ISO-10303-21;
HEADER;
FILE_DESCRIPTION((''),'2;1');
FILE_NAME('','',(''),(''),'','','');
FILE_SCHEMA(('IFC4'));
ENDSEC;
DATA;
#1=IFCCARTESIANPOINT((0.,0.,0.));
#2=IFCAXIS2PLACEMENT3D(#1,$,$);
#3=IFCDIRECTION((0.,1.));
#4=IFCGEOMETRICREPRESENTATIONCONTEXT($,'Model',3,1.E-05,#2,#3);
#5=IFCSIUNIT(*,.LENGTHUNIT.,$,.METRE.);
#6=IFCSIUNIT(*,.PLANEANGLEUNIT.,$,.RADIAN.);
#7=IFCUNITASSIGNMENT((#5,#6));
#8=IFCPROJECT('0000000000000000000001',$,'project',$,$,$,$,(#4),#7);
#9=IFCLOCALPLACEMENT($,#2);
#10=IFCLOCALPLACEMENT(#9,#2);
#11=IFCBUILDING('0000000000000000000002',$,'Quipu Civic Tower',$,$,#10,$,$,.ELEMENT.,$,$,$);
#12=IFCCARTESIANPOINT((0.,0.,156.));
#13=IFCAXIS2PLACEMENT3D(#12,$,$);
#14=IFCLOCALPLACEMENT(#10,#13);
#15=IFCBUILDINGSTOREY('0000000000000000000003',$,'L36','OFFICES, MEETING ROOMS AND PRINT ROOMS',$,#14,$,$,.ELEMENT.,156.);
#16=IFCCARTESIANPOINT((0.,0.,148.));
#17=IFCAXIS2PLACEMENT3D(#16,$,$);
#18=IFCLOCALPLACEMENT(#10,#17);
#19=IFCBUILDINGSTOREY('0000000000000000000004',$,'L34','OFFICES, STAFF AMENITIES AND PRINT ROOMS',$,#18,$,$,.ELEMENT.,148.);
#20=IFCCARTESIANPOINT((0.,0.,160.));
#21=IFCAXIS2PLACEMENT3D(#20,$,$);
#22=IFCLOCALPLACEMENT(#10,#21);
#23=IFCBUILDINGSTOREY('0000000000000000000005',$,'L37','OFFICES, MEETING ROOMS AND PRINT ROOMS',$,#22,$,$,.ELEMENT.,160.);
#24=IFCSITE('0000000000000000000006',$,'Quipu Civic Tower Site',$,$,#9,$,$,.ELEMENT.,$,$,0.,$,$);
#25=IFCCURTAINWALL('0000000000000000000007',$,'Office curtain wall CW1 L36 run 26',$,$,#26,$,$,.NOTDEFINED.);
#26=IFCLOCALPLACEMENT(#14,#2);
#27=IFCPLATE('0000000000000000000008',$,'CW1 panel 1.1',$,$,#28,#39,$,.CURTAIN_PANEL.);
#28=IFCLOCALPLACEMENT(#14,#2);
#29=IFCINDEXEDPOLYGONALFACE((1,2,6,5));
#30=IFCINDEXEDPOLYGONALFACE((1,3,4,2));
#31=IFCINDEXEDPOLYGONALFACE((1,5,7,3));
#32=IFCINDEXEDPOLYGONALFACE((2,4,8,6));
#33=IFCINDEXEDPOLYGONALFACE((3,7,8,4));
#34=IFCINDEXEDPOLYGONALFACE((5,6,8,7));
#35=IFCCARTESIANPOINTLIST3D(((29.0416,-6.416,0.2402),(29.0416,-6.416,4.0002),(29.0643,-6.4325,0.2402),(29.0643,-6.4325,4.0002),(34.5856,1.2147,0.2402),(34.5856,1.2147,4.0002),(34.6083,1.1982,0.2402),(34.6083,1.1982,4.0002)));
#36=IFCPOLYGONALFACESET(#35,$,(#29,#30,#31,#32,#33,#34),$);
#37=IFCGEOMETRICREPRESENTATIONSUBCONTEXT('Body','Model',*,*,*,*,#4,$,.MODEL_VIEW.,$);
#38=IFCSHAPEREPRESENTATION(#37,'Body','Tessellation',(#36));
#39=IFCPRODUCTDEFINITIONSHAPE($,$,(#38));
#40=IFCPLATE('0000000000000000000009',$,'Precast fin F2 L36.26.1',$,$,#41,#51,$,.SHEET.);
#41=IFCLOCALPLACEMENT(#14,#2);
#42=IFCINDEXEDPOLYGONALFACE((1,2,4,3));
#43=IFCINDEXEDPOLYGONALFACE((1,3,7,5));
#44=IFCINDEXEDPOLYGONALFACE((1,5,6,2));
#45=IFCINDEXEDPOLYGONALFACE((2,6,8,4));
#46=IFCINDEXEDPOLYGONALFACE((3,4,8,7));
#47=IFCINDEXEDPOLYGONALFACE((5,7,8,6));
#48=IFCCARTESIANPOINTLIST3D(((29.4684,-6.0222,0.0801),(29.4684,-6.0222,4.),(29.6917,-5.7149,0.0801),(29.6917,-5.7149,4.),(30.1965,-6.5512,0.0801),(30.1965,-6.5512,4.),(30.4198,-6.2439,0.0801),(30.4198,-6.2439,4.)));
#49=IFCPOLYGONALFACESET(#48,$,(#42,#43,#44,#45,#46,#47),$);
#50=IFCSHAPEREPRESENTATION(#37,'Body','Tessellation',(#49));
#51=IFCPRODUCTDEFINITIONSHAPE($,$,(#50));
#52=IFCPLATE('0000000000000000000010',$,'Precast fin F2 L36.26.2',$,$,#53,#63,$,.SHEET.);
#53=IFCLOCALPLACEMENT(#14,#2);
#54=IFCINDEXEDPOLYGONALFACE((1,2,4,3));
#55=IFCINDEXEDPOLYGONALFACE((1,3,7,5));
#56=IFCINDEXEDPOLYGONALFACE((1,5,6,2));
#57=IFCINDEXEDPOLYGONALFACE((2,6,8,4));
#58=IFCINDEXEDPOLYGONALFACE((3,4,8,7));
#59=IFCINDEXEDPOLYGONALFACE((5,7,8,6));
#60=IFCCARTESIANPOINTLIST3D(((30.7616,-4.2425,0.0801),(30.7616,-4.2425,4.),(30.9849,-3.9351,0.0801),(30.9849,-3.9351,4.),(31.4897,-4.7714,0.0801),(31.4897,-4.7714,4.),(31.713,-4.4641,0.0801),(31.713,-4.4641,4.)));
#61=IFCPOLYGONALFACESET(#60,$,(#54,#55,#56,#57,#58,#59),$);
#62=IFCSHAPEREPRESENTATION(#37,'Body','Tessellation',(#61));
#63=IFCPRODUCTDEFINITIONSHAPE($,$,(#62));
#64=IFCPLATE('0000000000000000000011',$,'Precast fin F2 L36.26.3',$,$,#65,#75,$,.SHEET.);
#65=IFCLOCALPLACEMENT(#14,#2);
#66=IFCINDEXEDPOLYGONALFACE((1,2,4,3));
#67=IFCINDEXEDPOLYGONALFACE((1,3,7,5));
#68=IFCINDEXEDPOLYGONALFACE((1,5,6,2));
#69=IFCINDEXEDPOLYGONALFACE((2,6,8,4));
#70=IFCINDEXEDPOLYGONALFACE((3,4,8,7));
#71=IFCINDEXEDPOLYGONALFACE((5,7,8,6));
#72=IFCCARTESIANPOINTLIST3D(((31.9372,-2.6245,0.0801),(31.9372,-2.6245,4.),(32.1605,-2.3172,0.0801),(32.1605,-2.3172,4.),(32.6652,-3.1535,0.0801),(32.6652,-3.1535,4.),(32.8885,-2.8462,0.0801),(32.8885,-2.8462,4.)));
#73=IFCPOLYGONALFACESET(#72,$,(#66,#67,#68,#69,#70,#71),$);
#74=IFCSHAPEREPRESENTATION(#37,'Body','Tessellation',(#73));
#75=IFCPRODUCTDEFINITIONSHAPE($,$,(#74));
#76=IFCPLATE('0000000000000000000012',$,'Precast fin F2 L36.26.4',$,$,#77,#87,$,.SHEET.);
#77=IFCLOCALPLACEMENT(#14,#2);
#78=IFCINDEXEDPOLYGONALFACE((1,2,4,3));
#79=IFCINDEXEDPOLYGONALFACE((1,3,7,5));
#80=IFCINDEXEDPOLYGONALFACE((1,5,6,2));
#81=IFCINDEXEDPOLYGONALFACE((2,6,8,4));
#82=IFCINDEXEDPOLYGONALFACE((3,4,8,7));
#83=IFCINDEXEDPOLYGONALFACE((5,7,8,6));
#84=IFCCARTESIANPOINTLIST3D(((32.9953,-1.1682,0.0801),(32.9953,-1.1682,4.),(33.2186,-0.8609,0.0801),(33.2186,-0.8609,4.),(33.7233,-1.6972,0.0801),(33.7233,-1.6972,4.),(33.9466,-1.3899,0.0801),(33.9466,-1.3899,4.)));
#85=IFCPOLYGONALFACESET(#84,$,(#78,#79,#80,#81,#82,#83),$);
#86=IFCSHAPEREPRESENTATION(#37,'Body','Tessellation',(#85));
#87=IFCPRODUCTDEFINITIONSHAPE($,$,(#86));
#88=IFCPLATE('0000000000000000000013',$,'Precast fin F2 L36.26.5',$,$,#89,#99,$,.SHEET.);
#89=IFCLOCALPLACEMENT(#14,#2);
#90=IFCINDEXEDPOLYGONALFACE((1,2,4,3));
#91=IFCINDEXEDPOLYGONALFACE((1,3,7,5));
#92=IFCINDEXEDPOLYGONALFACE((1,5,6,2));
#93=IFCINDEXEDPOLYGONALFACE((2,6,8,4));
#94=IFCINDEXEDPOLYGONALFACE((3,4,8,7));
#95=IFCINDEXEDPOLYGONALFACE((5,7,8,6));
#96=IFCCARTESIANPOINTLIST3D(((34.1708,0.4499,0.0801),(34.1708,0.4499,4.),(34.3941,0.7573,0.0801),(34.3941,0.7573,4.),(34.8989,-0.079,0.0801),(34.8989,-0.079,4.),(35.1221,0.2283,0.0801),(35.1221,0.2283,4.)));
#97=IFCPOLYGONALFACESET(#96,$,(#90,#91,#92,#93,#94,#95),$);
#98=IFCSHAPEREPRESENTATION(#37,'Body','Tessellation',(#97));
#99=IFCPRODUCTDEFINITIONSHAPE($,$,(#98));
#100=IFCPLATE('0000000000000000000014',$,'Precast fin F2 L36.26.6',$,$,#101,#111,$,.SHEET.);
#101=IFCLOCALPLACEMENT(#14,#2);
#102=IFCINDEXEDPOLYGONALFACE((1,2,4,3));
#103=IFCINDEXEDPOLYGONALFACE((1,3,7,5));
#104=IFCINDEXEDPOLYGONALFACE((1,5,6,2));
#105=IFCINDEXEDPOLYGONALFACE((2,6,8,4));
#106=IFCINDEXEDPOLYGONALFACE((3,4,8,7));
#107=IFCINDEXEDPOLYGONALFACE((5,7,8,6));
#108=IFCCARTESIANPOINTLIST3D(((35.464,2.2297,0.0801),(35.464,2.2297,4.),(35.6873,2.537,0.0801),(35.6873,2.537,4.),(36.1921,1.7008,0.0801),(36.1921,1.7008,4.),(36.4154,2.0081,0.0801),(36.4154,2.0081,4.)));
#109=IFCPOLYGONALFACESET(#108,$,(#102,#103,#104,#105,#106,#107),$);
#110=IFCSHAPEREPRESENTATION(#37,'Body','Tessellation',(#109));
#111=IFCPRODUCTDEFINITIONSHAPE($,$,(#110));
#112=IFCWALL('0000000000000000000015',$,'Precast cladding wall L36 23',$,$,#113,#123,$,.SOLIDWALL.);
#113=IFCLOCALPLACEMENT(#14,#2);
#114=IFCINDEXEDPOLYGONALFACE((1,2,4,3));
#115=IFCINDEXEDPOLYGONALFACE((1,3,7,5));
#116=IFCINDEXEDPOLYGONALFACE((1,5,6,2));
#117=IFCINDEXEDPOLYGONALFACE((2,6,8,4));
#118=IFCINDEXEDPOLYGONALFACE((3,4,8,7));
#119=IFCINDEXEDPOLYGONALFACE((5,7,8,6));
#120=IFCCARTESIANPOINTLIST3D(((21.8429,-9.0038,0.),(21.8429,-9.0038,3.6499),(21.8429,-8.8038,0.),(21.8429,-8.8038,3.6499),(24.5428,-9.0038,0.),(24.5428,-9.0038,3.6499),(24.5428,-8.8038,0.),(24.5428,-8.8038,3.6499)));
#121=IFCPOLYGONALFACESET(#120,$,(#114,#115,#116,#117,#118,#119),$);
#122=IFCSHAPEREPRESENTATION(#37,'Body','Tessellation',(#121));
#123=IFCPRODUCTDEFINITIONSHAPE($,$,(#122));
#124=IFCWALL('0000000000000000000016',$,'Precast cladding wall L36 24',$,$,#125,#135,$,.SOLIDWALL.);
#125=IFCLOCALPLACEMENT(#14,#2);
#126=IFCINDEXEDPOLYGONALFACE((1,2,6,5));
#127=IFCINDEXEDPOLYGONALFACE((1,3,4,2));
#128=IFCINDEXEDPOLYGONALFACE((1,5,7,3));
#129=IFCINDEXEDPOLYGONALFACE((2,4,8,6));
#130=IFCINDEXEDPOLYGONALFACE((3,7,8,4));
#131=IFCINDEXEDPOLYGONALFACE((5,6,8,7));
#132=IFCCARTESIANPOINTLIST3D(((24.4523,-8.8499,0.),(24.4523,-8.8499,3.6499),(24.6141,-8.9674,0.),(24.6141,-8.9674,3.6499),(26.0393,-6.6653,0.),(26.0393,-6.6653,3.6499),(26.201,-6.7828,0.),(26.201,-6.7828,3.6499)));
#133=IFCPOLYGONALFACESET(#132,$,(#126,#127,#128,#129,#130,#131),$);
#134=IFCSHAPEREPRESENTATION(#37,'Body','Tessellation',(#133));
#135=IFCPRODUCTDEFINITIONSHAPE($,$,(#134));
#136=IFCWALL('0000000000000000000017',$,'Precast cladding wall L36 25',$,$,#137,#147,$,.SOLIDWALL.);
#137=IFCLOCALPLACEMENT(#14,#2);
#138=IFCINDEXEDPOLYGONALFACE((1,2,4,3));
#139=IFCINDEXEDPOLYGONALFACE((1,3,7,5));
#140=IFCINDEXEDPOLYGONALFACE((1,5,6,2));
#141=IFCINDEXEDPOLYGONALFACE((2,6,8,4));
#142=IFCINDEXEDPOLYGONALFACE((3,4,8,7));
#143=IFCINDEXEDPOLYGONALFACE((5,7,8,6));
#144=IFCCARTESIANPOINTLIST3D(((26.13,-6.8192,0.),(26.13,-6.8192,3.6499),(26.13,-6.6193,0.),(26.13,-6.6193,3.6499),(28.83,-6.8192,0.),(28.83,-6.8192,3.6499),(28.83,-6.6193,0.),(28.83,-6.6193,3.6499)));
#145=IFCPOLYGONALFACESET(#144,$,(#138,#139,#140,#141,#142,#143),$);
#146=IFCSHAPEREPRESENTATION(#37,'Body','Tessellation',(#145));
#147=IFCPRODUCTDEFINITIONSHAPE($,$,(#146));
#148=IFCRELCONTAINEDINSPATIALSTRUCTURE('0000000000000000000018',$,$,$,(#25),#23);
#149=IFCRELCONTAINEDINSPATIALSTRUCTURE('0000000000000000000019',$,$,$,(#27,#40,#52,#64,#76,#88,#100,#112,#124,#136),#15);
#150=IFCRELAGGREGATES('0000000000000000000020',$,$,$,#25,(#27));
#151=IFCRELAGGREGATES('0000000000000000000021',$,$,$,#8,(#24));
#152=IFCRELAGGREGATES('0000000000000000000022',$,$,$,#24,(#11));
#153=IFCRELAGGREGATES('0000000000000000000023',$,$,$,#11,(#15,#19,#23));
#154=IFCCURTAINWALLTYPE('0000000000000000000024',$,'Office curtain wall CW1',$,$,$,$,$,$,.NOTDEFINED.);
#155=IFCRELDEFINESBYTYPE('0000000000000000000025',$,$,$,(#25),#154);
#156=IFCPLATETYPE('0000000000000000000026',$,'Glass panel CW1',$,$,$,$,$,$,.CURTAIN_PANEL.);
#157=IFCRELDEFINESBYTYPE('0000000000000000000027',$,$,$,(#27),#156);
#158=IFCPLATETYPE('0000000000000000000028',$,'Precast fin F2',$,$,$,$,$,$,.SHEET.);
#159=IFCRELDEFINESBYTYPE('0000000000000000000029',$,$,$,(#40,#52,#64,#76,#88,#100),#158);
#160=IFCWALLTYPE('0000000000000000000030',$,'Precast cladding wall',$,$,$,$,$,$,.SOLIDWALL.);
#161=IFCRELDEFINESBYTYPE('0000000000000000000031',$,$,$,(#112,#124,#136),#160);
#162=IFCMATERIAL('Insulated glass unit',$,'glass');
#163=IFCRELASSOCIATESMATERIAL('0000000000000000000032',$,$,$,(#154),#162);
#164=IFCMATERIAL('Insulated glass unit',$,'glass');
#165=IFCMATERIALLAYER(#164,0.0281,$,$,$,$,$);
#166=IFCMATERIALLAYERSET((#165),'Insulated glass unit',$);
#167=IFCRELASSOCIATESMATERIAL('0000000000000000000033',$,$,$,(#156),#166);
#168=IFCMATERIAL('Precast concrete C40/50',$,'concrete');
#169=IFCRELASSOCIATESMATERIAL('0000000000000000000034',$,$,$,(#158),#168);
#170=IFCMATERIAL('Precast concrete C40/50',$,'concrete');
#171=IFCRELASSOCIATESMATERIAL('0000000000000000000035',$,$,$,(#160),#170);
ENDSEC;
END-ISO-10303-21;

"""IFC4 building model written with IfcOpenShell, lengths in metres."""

from ifc_helpers import new_model, si_unit, direction, frame, frame_2d, origin, origin_2d, place, context, subcontext, project, spatial, rectangle, extrude, material, layer, layer_set, type_object, element, aggregate, save


model = new_model("IFC4")

# Units and contexts
model_context = context("Model", 3, precision=1e-05, world=origin(), true_north=direction((0.0, 1.0)))
body_context = subcontext(model_context, "Body", "Model", "MODEL_VIEW")
ifc_project = project(units=[si_unit("LENGTHUNIT", "METRE"), si_unit("PLANEANGLEUNIT", "RADIAN")], contexts=[model_context])

# Site, building, storey
site_placement = place(None, origin())
site = spatial("IfcSite", under=ifc_project, at=site_placement, Name="Quipu Civic Tower Site", CompositionType="ELEMENT", RefElevation=0.0)
building_placement = place(site_placement, origin())
building = spatial("IfcBuilding", under=site, at=building_placement, Name="Quipu Civic Tower", CompositionType="ELEMENT")
storey_1_placement = place(building_placement, frame((0.0, 0.0, 156.0)))
storey_1 = spatial("IfcBuildingStorey", under=building, at=storey_1_placement, Name="L36", Description="OFFICES, MEETING ROOMS AND PRINT ROOMS", CompositionType="ELEMENT", Elevation=156.0)

# Shared definitions
storey_2_placement = place(building_placement, frame((0.0, 0.0, 148.0)))
storey_2 = spatial("IfcBuildingStorey", under=building, at=storey_2_placement, Name="L34", Description="OFFICES, STAFF AMENITIES AND PRINT ROOMS", CompositionType="ELEMENT", Elevation=148.0)

# Shared definitions
ifc_material_1 = material(Name="Insulated glass unit", Category="glass")
curtain_wall_type = type_object("IfcCurtainWallType", Name="Office curtain wall CW1", PredefinedType="NOTDEFINED", material=ifc_material_1)

# Shared definitions
storey_3_placement = place(building_placement, frame((0.0, 0.0, 160.0)))
storey_3 = spatial("IfcBuildingStorey", under=building, at=storey_3_placement, Name="L37", Description="OFFICES, MEETING ROOMS AND PRINT ROOMS", CompositionType="ELEMENT", Elevation=160.0)

# Curtain wall, plate
curtain_wall_1_placement = place(storey_3_placement, origin())
curtain_wall_1 = element("IfcCurtainWall", 1, at=curtain_wall_1_placement, inside=storey_3, type_object=curtain_wall_type, Name="Office curtain wall CW1 L36 run 26", PredefinedType="NOTDEFINED")
ifc_material_2 = material(Name="Insulated glass unit", Category="glass")
ifc_layer = layer(ifc_material_2, 0.0281)
ifc_layer_set = layer_set([ifc_layer], Name="Insulated glass unit")
plate_type_1 = type_object("IfcPlateType", Name="Glass panel CW1", PredefinedType="CURTAIN_PANEL", material=ifc_layer_set)
plate_placement = place(storey_1_placement, frame((31.825, -2.6089, 0.2402), z_axis=(0.0, 0.0, 1.0), x_axis=(0.587786, 0.809017, 0.0)))
plate = element("IfcPlate", 2, at=plate_placement, inside=storey_1, type_object=plate_type_1, Name="CW1 panel 1.1", PredefinedType="CURTAIN_PANEL", context=body_context, shape_type="SweptSolid", body=[
    extrude(rectangle(XDim=9.4321, YDim=0.0281, at=origin_2d()), origin(), (0.0, 0.0, 1.0), 3.76),
])
aggregate(curtain_wall_1, [plate])

# Plates
ifc_material_3 = material(Name="Precast concrete C40/50", Category="concrete")
plate_type_2 = type_object("IfcPlateType", Name="Precast fin F2", PredefinedType="SHEET", material=ifc_material_3)
for number, where, z_axis, x_axis, name in (
    (3, (29.9441, -6.1331, 0.0801), (0.0, 0.0, 1.0), (0.587786, 0.809017, 0.0), "Precast fin F2 L36.26.1"),
    (4, (31.2373, -4.3533, 0.0801), (0.0, 0.0, 1.0), (0.587786, 0.809017, 0.0), "Precast fin F2 L36.26.2"),
    (5, (32.4128, -2.7354, 0.0801), (0.0, 0.0, 1.0), (0.587786, 0.809017, 0.0), "Precast fin F2 L36.26.3"),
    (6, (33.4709, -1.2791, 0.0801), (0.0, 0.0, 1.0), (0.587786, 0.809017, 0.0), "Precast fin F2 L36.26.4"),
    (7, (34.6465, 0.3391, 0.0801), (0.0, 0.0, 1.0), (0.587786, 0.809017, 0.0), "Precast fin F2 L36.26.5"),
    (8, (35.9397, 2.1189, 0.0801), (0.0, 0.0, 1.0), (0.587786, 0.809017, 0.0), "Precast fin F2 L36.26.6"),
):
    element("IfcPlate", number, at=place(storey_1_placement, frame(where, z_axis=z_axis, x_axis=x_axis)), inside=storey_1, type_object=plate_type_2, Name=name, PredefinedType="SHEET", context=body_context, shape_type="SweptSolid", body=[
        extrude(rectangle(XDim=0.3799, YDim=0.8999, at=origin_2d()), origin(), (0.0, 0.0, 1.0), 3.9199),
    ])

# Walls
ifc_material_4 = material(Name="Precast concrete C40/50", Category="concrete")
wall_type = type_object("IfcWallType", Name="Precast cladding wall", PredefinedType="SOLIDWALL", material=ifc_material_4)
wall_1_placement = place(storey_1_placement, frame((21.8428, -8.9038, 0.0), z_axis=(0.0, 0.0, 1.0), x_axis=(1.0, 0.0, 0.0)))
element("IfcWall", 9, at=wall_1_placement, inside=storey_1, type_object=wall_type, Name="Precast cladding wall L36 23", PredefinedType="SOLIDWALL", context=body_context, shape_type="SweptSolid", body=[
    extrude(rectangle(XDim=2.7, YDim=0.2, at=frame_2d((1.3501, 0.0))), origin(), (0.0, 0.0, 1.0), 3.6499),
])
wall_2_placement = place(storey_1_placement, frame((24.5332, -8.9087, 0.0), z_axis=(0.0, 0.0, 1.0), x_axis=(0.58772, 0.809064, 0.0)))
element("IfcWall", 10, at=wall_2_placement, inside=storey_1, type_object=wall_type, Name="Precast cladding wall L36 24", PredefinedType="SOLIDWALL", context=body_context, shape_type="SweptSolid", body=[
    extrude(rectangle(XDim=2.7002, YDim=0.2, at=frame_2d((1.3501, 0.0))), origin(), (0.0, 0.0, 1.0), 3.6499),
])
wall_3_placement = place(storey_1_placement, frame((26.1299, -6.7192, 0.0), z_axis=(0.0, 0.0, 1.0), x_axis=(1.0, 0.0, 0.0)))
element("IfcWall", 11, at=wall_3_placement, inside=storey_1, type_object=wall_type, Name="Precast cladding wall L36 25", PredefinedType="SOLIDWALL", context=body_context, shape_type="SweptSolid", body=[
    extrude(rectangle(XDim=2.7, YDim=0.2, at=frame_2d((1.3501, 0.0))), origin(), (0.0, 0.0, 1.0), 3.6499),
])

save(model, "model.ifc")
